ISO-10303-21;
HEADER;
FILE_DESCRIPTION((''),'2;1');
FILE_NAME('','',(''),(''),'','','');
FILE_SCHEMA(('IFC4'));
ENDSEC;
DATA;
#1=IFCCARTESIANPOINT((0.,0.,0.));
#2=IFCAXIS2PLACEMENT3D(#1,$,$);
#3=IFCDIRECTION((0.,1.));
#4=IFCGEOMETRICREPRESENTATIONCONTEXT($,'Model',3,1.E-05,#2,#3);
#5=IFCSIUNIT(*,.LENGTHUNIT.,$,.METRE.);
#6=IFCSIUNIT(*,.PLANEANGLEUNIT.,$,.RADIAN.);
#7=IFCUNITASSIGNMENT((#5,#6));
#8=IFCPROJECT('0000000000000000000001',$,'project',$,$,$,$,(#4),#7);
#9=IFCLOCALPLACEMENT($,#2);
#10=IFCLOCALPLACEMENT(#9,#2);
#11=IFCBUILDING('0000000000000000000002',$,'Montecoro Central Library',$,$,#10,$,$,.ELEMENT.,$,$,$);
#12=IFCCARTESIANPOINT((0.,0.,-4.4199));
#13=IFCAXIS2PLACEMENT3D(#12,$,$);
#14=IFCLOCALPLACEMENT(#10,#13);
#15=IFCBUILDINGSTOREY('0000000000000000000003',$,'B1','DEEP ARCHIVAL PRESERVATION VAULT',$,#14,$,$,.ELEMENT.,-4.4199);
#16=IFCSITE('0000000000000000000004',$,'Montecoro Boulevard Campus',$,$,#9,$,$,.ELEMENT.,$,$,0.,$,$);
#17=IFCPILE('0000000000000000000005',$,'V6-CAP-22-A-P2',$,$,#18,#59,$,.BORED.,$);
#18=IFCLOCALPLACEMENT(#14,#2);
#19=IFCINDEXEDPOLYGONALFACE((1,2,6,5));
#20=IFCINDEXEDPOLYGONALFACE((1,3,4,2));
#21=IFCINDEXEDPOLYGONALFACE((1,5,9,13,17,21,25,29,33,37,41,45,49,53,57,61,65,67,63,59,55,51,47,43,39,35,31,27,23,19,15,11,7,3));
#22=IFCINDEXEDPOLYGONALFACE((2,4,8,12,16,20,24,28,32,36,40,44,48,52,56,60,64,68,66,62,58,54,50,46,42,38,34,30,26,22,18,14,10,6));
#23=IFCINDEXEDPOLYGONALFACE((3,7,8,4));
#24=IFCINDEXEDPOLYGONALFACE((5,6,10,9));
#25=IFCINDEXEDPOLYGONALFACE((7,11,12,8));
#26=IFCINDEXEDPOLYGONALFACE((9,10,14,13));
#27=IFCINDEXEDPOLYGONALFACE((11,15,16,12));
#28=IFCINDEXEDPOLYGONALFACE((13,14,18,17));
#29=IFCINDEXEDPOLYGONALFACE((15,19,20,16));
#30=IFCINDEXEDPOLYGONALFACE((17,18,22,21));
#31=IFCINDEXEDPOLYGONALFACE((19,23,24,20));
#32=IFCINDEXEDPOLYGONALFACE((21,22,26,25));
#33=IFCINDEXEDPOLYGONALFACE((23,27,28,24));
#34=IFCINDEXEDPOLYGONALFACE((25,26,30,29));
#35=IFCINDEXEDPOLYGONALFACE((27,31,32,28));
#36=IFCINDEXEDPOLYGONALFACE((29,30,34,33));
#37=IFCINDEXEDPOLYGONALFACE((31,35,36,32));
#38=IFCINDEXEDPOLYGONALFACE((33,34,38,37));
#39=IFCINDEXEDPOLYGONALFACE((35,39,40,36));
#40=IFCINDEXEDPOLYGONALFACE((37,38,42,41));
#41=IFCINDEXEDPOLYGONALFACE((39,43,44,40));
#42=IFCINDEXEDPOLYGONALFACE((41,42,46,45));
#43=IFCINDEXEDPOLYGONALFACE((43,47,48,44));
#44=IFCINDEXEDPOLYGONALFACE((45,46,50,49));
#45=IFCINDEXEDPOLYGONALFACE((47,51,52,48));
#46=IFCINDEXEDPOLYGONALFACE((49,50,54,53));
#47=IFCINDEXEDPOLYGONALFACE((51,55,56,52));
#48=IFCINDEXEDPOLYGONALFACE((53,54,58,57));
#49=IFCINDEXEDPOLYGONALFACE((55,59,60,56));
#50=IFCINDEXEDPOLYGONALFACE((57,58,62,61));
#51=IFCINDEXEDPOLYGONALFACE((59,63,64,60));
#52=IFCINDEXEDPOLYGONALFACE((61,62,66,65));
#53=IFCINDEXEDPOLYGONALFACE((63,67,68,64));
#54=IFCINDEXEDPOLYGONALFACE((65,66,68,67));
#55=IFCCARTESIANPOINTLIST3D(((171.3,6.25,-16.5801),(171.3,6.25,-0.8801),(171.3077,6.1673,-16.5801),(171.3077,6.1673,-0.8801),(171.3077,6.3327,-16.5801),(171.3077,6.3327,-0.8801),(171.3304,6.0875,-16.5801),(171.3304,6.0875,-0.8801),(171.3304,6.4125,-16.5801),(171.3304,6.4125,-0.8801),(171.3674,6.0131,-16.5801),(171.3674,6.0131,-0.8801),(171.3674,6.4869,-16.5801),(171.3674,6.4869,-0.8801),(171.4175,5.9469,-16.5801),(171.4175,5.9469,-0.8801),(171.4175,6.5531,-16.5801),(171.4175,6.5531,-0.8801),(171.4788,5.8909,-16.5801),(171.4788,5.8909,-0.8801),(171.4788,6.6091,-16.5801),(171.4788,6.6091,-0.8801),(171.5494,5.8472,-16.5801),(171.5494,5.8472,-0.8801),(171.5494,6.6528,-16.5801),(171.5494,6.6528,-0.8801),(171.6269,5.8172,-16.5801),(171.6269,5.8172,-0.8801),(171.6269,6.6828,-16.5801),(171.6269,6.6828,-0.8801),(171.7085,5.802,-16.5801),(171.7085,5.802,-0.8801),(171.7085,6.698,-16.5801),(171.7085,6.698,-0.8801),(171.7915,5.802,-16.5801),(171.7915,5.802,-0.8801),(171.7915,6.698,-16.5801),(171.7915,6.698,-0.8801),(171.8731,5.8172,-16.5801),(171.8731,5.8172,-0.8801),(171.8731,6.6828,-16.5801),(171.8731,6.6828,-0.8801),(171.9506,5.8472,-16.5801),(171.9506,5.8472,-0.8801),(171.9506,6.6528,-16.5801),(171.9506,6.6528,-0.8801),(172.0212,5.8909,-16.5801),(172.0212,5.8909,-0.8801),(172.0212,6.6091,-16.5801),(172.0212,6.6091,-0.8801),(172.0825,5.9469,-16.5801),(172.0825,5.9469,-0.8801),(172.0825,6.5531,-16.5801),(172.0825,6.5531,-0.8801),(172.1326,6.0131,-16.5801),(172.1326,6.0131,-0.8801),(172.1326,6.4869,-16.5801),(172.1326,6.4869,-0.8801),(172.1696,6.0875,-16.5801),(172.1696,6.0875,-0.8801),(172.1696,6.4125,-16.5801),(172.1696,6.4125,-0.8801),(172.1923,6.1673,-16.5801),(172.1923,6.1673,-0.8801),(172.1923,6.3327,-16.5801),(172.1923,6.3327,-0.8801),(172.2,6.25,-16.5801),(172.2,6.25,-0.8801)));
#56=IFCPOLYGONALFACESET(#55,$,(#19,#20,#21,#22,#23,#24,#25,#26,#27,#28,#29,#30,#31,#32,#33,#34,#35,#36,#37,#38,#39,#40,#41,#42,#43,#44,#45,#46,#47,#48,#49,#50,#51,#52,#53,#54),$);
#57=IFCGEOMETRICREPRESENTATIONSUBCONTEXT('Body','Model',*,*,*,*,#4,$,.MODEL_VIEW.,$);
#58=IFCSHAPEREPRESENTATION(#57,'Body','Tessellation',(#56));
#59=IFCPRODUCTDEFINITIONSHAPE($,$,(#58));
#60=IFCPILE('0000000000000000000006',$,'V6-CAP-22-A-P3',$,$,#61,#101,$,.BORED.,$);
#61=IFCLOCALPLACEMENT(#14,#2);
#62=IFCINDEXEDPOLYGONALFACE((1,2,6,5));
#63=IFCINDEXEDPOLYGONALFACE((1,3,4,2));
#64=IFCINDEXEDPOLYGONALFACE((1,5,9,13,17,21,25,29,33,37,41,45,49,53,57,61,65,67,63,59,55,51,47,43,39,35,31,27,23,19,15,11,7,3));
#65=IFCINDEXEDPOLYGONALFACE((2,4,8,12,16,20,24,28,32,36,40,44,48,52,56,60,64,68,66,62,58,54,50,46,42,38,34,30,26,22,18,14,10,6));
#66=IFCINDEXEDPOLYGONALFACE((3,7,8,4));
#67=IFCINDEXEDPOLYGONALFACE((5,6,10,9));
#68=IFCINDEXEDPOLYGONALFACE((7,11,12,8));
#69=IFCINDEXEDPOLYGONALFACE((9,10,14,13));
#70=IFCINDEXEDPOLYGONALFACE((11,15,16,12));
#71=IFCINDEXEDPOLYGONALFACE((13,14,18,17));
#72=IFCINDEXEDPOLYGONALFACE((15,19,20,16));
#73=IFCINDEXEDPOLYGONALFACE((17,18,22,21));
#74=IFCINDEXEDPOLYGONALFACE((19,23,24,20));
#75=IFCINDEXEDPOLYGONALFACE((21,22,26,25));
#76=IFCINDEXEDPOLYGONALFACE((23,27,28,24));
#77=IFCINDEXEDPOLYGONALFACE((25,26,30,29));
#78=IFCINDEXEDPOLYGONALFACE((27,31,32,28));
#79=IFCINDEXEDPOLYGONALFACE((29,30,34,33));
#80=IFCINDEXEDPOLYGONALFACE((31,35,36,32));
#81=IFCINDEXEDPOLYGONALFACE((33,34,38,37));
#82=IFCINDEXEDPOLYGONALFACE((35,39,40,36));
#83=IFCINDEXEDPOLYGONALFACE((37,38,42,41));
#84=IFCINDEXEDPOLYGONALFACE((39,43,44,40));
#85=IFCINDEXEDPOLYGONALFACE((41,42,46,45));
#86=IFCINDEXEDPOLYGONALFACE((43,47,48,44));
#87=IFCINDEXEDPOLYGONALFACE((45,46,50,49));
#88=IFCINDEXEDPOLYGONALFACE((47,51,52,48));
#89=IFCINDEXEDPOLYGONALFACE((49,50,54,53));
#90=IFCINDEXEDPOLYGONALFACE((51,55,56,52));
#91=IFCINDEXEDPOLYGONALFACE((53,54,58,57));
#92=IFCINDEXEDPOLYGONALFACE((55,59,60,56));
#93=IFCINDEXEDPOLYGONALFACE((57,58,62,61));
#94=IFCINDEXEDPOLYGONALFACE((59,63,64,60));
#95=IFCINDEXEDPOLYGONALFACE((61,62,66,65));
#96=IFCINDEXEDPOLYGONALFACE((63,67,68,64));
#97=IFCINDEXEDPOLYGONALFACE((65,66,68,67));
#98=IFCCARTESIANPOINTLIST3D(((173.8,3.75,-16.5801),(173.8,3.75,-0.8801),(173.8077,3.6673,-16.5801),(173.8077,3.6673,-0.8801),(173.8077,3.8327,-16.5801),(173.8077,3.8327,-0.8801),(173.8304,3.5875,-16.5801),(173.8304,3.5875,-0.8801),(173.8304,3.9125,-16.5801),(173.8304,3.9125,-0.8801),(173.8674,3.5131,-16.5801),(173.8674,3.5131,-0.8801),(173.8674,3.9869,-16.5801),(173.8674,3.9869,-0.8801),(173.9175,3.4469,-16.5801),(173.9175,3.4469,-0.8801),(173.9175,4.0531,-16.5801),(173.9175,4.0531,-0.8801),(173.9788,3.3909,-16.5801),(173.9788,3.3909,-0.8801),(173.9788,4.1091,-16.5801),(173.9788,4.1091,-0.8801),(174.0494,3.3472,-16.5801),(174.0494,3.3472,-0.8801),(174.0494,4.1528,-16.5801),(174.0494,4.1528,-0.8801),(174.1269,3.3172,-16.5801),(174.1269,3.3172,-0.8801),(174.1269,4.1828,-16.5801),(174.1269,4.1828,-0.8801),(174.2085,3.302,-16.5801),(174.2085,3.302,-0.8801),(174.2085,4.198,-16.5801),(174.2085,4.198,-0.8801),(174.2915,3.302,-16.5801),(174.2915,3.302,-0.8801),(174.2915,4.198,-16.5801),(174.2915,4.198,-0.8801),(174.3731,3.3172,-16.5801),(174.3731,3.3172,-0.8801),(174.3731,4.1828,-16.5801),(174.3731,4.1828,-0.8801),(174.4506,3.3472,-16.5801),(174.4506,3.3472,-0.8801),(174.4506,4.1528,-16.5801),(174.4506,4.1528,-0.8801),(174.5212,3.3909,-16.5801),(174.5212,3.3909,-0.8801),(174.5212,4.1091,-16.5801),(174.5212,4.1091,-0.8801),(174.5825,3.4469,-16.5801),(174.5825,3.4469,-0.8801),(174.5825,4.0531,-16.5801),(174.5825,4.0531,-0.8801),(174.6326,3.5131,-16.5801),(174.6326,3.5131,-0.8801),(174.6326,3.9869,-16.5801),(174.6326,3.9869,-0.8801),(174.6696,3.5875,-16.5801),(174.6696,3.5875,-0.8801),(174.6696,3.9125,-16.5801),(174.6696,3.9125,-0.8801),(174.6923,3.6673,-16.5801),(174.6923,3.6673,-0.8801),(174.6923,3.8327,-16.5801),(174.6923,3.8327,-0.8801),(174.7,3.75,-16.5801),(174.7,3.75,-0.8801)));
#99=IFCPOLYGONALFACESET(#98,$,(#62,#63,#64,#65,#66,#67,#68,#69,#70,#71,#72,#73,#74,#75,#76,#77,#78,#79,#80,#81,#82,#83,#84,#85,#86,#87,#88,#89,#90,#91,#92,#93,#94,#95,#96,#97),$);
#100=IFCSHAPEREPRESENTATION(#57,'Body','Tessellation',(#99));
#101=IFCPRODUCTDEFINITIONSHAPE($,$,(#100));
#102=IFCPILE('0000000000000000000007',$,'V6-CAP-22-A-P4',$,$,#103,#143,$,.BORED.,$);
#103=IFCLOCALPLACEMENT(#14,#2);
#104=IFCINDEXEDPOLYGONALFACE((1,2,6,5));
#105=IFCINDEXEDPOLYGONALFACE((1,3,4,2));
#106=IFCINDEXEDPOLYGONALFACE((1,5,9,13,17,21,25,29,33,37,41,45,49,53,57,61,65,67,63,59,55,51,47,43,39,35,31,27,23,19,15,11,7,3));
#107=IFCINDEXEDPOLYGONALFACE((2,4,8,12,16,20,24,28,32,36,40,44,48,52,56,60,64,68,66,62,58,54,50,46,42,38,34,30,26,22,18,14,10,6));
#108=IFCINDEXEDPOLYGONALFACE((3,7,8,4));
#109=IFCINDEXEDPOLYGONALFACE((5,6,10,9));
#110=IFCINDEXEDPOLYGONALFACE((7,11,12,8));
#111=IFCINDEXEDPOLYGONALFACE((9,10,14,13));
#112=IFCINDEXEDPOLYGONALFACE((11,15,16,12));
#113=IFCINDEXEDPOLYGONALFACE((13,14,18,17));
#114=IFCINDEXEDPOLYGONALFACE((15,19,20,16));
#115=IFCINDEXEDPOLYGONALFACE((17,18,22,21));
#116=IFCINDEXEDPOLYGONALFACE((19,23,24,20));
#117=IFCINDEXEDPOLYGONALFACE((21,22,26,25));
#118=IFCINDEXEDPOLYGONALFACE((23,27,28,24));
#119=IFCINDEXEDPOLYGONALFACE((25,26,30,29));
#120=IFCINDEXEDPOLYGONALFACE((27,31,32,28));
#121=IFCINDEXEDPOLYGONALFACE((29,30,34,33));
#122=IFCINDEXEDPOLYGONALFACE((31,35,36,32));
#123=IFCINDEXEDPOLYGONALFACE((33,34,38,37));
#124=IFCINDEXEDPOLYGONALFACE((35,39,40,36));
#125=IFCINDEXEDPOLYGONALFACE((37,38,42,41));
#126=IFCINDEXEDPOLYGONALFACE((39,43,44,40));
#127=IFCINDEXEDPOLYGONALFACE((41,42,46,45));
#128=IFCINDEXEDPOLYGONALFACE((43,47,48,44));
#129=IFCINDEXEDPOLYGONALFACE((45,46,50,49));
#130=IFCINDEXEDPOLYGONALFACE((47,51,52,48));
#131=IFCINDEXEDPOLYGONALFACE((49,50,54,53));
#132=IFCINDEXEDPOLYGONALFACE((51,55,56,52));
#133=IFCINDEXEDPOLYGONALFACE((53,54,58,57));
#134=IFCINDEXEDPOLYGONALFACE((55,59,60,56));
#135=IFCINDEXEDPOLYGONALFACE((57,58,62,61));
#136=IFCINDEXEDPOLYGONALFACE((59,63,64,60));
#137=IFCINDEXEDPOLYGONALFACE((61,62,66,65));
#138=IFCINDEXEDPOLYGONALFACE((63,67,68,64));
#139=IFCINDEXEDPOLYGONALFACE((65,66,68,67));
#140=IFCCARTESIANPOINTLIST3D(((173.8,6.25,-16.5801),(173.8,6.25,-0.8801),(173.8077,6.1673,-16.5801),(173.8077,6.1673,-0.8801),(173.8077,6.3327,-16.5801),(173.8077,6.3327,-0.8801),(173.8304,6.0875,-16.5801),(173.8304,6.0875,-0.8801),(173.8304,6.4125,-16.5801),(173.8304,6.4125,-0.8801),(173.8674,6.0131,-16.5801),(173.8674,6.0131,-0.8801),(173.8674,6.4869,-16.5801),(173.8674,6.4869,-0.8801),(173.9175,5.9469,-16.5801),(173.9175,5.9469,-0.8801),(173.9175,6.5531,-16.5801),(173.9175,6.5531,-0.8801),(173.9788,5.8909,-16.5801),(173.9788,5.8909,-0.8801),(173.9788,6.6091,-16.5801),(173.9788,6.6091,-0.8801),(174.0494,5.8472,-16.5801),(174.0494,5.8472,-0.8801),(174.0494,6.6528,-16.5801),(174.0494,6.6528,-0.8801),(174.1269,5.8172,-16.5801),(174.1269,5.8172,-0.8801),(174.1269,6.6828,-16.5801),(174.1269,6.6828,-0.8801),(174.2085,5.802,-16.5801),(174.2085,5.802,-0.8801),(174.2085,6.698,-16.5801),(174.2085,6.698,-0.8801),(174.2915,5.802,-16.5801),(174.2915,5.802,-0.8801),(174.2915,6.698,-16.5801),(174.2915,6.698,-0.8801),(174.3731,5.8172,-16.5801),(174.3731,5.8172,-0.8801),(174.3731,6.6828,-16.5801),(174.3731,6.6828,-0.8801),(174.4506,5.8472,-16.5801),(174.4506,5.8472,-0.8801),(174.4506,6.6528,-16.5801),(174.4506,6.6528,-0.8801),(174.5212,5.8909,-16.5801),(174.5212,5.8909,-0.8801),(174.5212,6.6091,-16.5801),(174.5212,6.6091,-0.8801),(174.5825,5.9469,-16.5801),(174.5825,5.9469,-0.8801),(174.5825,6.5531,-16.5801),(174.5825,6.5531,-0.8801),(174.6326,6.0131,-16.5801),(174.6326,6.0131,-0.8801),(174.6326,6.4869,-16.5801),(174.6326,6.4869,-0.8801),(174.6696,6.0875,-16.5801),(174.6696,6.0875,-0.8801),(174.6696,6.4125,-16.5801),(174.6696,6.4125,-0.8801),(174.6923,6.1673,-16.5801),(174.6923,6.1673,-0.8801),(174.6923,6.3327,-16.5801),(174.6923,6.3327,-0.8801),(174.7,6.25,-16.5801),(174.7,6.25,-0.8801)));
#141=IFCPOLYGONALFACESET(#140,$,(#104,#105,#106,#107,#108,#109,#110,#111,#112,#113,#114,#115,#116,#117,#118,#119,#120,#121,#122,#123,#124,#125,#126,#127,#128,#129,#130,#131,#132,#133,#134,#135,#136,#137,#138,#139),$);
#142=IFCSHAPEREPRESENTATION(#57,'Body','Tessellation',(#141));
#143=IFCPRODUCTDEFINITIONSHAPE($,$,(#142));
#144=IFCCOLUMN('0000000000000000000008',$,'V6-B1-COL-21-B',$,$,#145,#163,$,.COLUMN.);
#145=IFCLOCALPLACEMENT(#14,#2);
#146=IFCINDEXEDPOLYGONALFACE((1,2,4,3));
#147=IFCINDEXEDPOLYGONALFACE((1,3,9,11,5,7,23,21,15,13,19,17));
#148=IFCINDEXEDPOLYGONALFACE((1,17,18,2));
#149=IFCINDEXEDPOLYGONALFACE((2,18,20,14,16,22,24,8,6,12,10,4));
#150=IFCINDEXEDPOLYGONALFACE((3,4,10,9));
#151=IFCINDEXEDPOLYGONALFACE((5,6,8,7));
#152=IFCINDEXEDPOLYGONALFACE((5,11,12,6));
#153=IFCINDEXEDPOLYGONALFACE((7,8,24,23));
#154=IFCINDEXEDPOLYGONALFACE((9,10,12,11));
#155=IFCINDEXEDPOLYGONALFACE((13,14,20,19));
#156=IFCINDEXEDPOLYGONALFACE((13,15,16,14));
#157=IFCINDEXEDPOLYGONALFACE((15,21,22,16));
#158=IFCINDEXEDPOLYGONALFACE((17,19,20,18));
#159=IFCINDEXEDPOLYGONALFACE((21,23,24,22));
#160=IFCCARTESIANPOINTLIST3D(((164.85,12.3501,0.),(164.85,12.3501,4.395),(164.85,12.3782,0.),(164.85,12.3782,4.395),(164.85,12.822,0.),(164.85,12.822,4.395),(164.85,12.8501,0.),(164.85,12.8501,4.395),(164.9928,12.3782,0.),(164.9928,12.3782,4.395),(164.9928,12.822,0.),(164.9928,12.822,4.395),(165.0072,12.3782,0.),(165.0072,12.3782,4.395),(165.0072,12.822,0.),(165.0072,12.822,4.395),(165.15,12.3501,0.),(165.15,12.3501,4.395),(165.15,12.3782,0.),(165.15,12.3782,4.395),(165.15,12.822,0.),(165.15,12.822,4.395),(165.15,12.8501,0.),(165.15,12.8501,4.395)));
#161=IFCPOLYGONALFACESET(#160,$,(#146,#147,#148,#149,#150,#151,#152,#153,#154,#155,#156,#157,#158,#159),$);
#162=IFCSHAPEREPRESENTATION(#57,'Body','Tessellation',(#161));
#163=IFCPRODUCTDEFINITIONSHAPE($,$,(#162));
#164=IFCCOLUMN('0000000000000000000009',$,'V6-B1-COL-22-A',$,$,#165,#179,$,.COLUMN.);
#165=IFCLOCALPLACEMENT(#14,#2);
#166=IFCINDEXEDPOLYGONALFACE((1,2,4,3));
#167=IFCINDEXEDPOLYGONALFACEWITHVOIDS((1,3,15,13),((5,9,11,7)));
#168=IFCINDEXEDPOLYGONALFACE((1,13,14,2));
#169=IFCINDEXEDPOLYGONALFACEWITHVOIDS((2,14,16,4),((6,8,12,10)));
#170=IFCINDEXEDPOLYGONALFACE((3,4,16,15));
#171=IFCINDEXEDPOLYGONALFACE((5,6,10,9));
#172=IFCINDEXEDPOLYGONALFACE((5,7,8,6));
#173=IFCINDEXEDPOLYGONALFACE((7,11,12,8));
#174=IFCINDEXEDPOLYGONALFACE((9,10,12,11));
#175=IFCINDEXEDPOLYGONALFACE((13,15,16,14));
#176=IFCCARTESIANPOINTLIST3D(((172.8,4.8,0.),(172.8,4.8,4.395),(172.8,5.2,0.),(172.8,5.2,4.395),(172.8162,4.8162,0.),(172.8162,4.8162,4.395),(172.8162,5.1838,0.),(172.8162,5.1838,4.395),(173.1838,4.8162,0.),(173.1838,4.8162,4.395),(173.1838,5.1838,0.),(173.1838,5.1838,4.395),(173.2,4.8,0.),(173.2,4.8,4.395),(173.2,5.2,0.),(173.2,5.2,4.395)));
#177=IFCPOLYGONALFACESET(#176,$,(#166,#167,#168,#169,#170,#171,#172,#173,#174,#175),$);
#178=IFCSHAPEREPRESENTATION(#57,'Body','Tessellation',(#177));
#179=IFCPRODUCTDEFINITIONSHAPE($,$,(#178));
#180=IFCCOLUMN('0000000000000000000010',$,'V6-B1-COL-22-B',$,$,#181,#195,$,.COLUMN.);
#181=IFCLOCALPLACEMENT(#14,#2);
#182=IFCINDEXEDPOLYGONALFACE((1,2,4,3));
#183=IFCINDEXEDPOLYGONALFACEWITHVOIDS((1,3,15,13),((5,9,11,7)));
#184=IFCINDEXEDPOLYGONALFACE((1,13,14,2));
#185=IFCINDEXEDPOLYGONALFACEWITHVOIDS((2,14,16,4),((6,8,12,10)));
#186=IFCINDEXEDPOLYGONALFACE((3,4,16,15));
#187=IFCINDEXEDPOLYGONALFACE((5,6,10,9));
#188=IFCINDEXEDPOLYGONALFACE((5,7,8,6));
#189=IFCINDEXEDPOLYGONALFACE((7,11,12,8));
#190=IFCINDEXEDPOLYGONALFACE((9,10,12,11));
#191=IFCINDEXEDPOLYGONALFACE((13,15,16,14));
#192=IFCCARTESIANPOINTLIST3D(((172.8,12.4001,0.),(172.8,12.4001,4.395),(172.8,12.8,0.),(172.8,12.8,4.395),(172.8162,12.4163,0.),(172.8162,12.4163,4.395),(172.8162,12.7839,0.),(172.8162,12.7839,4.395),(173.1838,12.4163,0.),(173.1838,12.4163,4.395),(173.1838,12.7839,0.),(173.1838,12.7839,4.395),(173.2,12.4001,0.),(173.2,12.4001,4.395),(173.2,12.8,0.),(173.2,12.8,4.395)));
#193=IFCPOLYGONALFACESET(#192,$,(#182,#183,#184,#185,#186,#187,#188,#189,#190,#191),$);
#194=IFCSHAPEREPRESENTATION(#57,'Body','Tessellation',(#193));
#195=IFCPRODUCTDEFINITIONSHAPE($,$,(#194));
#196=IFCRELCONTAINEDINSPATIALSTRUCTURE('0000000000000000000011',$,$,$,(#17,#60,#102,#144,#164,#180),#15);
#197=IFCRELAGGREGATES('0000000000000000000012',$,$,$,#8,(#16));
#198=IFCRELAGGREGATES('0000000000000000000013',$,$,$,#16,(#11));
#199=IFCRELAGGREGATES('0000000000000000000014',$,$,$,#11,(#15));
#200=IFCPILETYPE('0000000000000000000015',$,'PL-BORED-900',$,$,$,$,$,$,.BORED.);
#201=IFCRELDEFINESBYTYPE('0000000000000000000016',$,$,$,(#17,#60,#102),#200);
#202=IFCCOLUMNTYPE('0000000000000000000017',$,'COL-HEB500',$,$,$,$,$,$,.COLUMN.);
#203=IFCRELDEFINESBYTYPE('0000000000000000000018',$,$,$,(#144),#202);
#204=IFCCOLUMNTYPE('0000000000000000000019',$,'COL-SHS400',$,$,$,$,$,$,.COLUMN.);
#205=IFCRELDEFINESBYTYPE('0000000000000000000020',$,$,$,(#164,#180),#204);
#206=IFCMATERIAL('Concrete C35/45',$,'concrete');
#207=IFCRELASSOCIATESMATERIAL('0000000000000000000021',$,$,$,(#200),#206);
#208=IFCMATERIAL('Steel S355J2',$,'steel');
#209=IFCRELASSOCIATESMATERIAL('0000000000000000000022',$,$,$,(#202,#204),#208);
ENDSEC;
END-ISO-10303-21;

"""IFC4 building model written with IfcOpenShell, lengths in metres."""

from ifc_helpers import new_model, si_unit, direction, frame, origin, origin_2d, place, context, subcontext, project, spatial, hollow_rectangle, circle, i_section, extrude, material, material_profile, profile_set, type_object, element, save


model = new_model("IFC4")

# Units and contexts
model_context = context("Model", 3, precision=1e-05, world=origin(), true_north=direction((0.0, 1.0)))
body_context = subcontext(model_context, "Body", "Model", "MODEL_VIEW")
ifc_project = project(units=[si_unit("LENGTHUNIT", "METRE"), si_unit("PLANEANGLEUNIT", "RADIAN")], contexts=[model_context])

# Site, building, storey
site_placement = place(None, origin())
site = spatial("IfcSite", under=ifc_project, at=site_placement, Name="Montecoro Boulevard Campus", CompositionType="ELEMENT", RefElevation=0.0)
building_placement = place(site_placement, origin())
building = spatial("IfcBuilding", under=site, at=building_placement, Name="Montecoro Central Library", CompositionType="ELEMENT")
storey_placement = place(building_placement, frame((0.0, 0.0, -4.4199)))
storey = spatial("IfcBuildingStorey", under=building, at=storey_placement, Name="B1", Description="DEEP ARCHIVAL PRESERVATION VAULT", CompositionType="ELEMENT", Elevation=-4.4199)

# Shared definitions
ifc_material_1 = material(Name="Concrete C35/45", Category="concrete")

# Piles
ifc_material_profile_1 = material_profile(ifc_material_1, circle(Radius=0.45, at=origin_2d()), Name="PILE D900")
ifc_profile_set_1 = profile_set([ifc_material_profile_1], Name="Concrete C35/45")
pile_type_1 = type_object("IfcPileType", Name="PL-BORED-900", PredefinedType="BORED", material=ifc_profile_set_1)
for number, where, z_axis, x_axis, name in (
    (1, (171.75, 6.25, -0.8801), (0.0, 0.0, -1.0), (1.0, 0.0, 0.0), "V6-CAP-22-A-P2"),
    (2, (174.25, 3.75, -0.8801), (0.0, 0.0, -1.0), (1.0, 0.0, 0.0), "V6-CAP-22-A-P3"),
    (3, (174.25, 6.25, -0.8801), (0.0, 0.0, -1.0), (1.0, 0.0, 0.0), "V6-CAP-22-A-P4"),
):
    element("IfcPile", number, at=place(storey_placement, frame(where, z_axis=z_axis, x_axis=x_axis)), inside=storey, type_object=pile_type_1, Name=name, PredefinedType="BORED", context=body_context, shape_type="SweptSolid", body=[
        extrude(circle(Radius=0.45, at=origin_2d()), origin(), (0.0, 0.0, 1.0), 15.7),
    ])

# Columns
ifc_material_2 = material(Name="Steel S355J2", Category="steel")
ifc_material_profile_2 = material_profile(ifc_material_2, i_section(OverallWidth=0.3, OverallDepth=0.5, WebThickness=0.0144, FlangeThickness=0.0281, at=origin_2d()), Name="HEB 500")
ifc_profile_set_2 = profile_set([ifc_material_profile_2], Name="Steel S355J2")
column_type_1 = type_object("IfcColumnType", Name="COL-HEB500", PredefinedType="COLUMN", material=ifc_profile_set_2)
column_placement = place(storey_placement, frame((165.0, 12.6001, 0.0), z_axis=(0.0, 0.0, 1.0), x_axis=(1.0, 0.0, 0.0)))
element("IfcColumn", 4, at=column_placement, inside=storey, type_object=column_type_1, Name="V6-B1-COL-21-B", PredefinedType="COLUMN", context=body_context, shape_type="SweptSolid", body=[
    extrude(i_section(OverallWidth=0.3, OverallDepth=0.5, WebThickness=0.0144, FlangeThickness=0.0281, at=origin_2d()), origin(), (0.0, 0.0, 1.0), 4.395),
])
ifc_material_profile_3 = material_profile(ifc_material_2, hollow_rectangle(XDim=0.3999, YDim=0.3999, WallThickness=0.0161, at=origin_2d()), Name="SHS 400x400x16.0")
ifc_profile_set_3 = profile_set([ifc_material_profile_3], Name="Steel S355J2")
column_type_2 = type_object("IfcColumnType", Name="COL-SHS400", PredefinedType="COLUMN", material=ifc_profile_set_3)
for number, where, z_axis, x_axis, name in (
    (5, (173.0, 5.0, 0.0), (0.0, 0.0, 1.0), (1.0, 0.0, 0.0), "V6-B1-COL-22-A"),
    (6, (173.0, 12.6001, 0.0), (0.0, 0.0, 1.0), (1.0, 0.0, 0.0), "V6-B1-COL-22-B"),
):
    element("IfcColumn", number, at=place(storey_placement, frame(where, z_axis=z_axis, x_axis=x_axis)), inside=storey, type_object=column_type_2, Name=name, PredefinedType="COLUMN", context=body_context, shape_type="SweptSolid", body=[
        extrude(hollow_rectangle(XDim=0.3999, YDim=0.3999, WallThickness=0.0161, at=origin_2d()), origin(), (0.0, 0.0, 1.0), 4.395),
    ])

save(model, "model.ifc")
